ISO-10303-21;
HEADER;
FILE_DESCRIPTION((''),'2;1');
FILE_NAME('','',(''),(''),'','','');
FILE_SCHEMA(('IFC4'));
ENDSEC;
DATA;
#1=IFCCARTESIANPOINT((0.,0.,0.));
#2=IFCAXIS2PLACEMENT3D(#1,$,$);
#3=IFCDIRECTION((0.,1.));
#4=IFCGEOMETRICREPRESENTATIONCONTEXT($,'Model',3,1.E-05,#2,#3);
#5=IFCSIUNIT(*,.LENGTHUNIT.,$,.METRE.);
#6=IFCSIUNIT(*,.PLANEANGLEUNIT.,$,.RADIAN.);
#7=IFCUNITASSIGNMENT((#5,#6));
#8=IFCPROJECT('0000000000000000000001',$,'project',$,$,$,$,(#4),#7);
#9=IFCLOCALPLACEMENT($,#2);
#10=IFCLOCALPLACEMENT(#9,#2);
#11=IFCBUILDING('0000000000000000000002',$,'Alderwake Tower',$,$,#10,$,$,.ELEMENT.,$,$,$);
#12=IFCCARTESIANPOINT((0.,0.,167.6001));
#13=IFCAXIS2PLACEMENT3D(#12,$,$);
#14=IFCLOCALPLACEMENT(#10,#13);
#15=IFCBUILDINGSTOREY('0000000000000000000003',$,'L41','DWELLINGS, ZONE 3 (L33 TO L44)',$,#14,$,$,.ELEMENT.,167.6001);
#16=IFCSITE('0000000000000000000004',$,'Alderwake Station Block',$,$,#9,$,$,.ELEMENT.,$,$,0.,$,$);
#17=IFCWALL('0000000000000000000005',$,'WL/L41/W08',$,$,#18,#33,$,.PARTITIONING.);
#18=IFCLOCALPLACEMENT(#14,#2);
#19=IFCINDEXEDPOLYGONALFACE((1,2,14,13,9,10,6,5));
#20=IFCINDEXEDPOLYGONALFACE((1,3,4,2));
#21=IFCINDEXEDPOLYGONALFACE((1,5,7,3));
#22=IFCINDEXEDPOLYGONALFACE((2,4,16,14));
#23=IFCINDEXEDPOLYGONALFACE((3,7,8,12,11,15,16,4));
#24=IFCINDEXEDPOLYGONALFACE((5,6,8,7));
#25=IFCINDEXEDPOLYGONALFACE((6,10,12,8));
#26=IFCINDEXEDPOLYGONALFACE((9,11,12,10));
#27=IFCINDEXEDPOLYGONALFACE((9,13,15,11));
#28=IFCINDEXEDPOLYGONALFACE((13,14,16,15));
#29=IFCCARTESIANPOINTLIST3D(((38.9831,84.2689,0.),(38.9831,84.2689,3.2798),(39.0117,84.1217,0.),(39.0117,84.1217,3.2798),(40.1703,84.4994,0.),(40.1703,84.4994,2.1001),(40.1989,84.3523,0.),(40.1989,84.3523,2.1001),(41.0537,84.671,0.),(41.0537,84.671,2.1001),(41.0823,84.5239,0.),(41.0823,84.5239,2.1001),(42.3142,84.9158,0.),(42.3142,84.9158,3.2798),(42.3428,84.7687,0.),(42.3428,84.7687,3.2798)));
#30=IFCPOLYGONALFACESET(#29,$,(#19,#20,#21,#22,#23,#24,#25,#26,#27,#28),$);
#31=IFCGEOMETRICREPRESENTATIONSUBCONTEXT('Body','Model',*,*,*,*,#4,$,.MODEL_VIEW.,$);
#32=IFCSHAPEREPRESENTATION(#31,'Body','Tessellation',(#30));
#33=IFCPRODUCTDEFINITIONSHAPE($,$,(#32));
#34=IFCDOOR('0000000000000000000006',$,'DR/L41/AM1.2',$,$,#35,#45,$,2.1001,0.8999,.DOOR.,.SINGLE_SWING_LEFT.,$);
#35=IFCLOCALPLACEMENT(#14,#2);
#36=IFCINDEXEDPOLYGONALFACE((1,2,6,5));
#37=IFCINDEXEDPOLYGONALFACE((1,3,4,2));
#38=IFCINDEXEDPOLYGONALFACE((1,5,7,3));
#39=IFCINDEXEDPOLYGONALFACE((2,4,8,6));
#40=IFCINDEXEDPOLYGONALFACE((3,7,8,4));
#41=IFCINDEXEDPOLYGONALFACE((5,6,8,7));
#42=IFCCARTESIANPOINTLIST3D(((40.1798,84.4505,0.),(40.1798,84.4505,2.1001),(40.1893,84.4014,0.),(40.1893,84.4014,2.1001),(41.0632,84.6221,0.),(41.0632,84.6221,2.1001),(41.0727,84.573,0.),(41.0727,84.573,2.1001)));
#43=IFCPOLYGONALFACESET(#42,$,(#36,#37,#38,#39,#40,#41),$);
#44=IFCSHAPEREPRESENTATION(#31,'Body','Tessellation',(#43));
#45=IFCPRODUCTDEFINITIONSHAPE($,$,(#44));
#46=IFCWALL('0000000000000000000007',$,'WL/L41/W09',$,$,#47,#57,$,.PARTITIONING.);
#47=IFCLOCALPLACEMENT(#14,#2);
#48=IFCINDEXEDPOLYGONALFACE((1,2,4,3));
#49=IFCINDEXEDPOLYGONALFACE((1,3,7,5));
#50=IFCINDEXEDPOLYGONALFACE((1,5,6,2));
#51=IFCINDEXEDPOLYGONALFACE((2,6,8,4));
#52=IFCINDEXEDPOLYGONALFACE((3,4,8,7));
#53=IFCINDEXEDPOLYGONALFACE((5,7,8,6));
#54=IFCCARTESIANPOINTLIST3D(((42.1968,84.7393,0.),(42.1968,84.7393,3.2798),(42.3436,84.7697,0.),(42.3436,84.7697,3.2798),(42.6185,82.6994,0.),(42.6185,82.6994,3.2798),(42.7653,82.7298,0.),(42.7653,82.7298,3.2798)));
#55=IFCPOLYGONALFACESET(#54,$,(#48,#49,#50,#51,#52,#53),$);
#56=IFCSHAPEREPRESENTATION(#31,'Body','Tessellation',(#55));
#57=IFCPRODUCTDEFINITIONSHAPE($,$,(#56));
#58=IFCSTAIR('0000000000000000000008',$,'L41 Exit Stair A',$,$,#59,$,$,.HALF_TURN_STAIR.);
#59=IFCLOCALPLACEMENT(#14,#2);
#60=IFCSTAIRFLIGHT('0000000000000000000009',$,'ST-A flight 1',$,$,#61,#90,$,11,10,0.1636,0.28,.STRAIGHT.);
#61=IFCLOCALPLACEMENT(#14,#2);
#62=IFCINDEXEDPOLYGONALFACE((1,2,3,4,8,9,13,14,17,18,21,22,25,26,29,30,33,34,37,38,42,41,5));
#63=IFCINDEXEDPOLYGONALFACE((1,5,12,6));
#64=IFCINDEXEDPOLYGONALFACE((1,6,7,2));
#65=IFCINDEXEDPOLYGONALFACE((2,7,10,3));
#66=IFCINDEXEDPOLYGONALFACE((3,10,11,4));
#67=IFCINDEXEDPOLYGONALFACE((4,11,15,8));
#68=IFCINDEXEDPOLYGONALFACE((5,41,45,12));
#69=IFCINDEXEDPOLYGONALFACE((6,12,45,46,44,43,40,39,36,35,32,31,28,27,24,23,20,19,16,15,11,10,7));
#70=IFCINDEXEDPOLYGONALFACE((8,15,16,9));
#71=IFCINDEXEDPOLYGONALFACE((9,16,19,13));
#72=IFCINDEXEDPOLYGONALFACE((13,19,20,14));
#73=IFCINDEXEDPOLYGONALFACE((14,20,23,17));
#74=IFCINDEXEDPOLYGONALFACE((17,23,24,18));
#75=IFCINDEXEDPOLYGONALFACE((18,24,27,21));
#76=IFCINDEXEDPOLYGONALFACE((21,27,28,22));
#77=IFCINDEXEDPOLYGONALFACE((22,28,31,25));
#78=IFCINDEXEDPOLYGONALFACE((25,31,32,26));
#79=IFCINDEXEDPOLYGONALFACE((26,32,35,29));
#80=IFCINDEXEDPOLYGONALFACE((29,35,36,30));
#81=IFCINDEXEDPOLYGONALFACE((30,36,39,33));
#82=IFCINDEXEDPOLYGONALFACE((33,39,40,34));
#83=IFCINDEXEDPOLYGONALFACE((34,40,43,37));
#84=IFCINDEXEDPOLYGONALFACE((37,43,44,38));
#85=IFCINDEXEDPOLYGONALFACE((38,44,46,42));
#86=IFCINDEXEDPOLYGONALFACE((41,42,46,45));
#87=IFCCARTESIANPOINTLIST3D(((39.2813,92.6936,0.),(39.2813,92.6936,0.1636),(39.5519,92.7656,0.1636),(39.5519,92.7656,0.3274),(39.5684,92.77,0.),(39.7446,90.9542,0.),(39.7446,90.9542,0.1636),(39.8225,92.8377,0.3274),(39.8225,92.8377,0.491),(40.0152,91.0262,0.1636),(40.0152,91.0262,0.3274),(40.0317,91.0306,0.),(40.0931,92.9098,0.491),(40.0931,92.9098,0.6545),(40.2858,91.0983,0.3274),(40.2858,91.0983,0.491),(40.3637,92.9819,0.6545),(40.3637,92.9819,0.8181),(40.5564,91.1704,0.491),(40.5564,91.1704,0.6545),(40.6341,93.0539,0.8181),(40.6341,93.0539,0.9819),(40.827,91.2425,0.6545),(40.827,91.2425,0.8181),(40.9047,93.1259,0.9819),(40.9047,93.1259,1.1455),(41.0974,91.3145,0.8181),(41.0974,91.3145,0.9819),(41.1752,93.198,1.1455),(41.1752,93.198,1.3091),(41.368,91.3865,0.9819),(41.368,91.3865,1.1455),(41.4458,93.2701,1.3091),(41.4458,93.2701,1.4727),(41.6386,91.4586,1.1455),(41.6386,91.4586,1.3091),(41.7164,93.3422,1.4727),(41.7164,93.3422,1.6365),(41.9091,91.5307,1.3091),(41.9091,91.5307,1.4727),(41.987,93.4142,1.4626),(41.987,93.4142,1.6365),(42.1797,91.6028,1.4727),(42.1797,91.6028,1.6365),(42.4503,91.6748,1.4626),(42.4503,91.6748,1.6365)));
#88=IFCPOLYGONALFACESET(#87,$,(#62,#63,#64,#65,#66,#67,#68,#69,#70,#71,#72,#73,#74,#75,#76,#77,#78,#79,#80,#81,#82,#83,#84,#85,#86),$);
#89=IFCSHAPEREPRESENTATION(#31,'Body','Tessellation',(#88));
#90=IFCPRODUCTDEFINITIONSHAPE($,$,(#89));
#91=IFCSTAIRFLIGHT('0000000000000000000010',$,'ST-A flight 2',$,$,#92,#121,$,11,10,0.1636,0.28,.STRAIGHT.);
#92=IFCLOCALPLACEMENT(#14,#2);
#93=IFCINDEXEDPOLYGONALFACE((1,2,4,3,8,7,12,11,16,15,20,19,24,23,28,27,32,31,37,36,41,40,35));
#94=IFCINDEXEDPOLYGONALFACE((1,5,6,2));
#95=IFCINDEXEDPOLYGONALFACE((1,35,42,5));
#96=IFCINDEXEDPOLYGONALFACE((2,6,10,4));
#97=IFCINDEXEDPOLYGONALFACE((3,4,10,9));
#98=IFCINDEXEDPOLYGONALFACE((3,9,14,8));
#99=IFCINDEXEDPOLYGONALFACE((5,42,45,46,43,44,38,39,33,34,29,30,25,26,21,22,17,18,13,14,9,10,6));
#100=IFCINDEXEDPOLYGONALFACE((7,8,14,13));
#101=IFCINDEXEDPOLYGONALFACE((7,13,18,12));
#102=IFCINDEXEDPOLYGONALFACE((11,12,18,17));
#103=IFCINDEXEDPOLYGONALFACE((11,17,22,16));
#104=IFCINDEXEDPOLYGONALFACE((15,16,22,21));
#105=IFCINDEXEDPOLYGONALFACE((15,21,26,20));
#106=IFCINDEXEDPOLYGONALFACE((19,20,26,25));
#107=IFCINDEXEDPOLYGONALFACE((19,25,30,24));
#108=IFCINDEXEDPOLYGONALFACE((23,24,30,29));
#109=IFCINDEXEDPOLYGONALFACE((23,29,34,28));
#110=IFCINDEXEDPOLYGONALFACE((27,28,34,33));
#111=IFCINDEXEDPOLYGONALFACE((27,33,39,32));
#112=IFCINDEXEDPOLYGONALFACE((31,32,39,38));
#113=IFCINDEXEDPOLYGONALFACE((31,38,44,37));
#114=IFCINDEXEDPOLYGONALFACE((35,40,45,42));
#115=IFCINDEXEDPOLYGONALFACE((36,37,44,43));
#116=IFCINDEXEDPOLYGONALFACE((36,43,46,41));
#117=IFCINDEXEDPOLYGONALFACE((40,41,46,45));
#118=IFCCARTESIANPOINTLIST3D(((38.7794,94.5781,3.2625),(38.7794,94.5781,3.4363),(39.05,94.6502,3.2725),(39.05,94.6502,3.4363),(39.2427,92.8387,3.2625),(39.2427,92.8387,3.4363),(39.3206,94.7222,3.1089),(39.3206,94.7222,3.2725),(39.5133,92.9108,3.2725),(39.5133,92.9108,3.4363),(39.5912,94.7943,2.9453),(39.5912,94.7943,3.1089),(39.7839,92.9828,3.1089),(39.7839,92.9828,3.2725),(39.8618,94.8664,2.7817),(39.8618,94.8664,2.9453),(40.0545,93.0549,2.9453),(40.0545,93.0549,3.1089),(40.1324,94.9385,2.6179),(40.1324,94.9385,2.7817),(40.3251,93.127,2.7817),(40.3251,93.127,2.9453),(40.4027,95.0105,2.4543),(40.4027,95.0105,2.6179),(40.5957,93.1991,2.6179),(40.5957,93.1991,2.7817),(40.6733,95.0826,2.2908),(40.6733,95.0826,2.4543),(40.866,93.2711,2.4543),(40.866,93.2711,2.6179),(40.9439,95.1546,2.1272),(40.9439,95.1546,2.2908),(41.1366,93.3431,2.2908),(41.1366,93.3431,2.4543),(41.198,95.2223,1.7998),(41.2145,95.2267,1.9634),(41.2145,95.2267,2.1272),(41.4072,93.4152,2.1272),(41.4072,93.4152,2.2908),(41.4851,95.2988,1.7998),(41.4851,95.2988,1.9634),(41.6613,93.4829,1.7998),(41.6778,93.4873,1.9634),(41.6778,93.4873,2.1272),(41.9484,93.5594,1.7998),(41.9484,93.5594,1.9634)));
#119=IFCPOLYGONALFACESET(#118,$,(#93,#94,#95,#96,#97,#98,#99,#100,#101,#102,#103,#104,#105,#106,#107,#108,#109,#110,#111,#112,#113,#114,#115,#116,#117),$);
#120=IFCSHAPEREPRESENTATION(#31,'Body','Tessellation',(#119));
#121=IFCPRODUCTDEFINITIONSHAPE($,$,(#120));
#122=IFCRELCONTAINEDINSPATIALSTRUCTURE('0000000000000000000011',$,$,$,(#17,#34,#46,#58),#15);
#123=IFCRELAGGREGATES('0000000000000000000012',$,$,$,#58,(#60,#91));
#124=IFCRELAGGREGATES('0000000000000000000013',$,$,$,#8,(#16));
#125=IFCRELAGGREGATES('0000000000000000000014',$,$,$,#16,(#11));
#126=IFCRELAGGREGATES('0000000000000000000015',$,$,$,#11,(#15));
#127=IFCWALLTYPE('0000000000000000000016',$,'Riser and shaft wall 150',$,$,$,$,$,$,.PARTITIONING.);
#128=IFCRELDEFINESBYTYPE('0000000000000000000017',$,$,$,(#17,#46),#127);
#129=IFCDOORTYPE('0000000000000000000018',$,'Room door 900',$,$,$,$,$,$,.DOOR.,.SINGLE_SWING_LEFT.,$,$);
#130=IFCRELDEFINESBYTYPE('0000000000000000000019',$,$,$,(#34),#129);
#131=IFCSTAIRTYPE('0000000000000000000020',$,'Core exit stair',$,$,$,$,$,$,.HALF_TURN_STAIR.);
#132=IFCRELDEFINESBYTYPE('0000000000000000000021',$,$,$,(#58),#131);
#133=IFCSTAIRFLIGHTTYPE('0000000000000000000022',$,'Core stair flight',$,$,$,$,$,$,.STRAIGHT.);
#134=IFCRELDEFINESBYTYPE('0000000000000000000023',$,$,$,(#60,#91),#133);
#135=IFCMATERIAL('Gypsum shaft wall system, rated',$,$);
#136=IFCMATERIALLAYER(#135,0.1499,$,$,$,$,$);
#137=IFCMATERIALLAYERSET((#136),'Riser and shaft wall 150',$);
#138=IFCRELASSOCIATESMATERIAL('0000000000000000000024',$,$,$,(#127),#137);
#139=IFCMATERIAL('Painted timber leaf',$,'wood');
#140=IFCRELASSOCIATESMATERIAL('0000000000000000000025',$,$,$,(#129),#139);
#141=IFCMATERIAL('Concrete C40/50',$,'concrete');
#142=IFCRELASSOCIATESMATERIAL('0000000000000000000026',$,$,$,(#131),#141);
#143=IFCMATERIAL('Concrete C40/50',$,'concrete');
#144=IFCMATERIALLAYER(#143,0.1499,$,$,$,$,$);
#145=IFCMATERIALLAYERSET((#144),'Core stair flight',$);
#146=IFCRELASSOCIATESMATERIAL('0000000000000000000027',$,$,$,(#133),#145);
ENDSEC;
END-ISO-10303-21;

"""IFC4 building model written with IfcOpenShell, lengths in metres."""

from ifc_helpers import new_model, si_unit, direction, frame, frame_2d, origin, place, context, subcontext, project, spatial, polyline, rectangle, outline, extrude, material, layer, layer_set, type_object, element, fill, aggregate, save


model = new_model("IFC4")

# Units and contexts
model_context = context("Model", 3, precision=1e-05, world=origin(), true_north=direction((0.0, 1.0)))
body_context = subcontext(model_context, "Body", "Model", "MODEL_VIEW")
ifc_project = project(units=[si_unit("LENGTHUNIT", "METRE"), si_unit("PLANEANGLEUNIT", "RADIAN")], contexts=[model_context])

# Site, building, storey
site_placement = place(None, origin())
site = spatial("IfcSite", under=ifc_project, at=site_placement, Name="Alderwake Station Block", CompositionType="ELEMENT", RefElevation=0.0)
building_placement = place(site_placement, origin())
building = spatial("IfcBuilding", under=site, at=building_placement, Name="Alderwake Tower", CompositionType="ELEMENT")
storey_placement = place(building_placement, frame((0.0, 0.0, 167.6001)))
storey = spatial("IfcBuildingStorey", under=building, at=storey_placement, Name="L41", Description="DWELLINGS, ZONE 3 (L33 TO L44)", CompositionType="ELEMENT", Elevation=167.6001)

# Wall, opening, door
ifc_material_1 = material(Name="Gypsum shaft wall system, rated")
ifc_layer_1 = layer(ifc_material_1, 0.1499)
ifc_layer_set_1 = layer_set([ifc_layer_1], Name="Riser and shaft wall 150")
wall_type_1 = type_object("IfcWallType", Name="Riser and shaft wall 150", PredefinedType="PARTITIONING", material=ifc_layer_set_1)
wall_1_placement = place(storey_placement, frame((42.3286, 84.8423, 0.0), z_axis=(0.0, 0.0, 1.0), x_axis=(-0.981656, -0.190662, 0.0)))
wall_1 = element("IfcWall", 1, at=wall_1_placement, inside=storey, type_object=wall_type_1, Name="WL/L41/W08", PredefinedType="PARTITIONING", context=body_context, shape_type="SweptSolid", body=[
    extrude(rectangle(XDim=3.3933, YDim=0.1499, at=frame_2d((1.6968, 0.0))), origin(), (0.0, 0.0, 1.0), 3.2798),
])
opening_1_placement = place(wall_1_placement, frame((1.2842, 0.0, 0.0)))
opening_1 = element("IfcOpeningElement", 2, at=opening_1_placement, cuts=wall_1, PredefinedType="OPENING", context=body_context, shape_type="SweptSolid", body=[
    extrude(rectangle(XDim=0.8999, YDim=2.1001, at=frame_2d((0.45, 1.05))), frame((0.0, 0.085, 0.0), z_axis=(0.0, -1.0, 0.0), x_axis=(1.0, 0.0, 0.0)), (0.0, 0.0, 1.0), 0.1699),
])
ifc_material_2 = material(Name="Painted timber leaf", Category="wood")
door_type_1 = type_object("IfcDoorType", Name="Room door 900", OperationType="SINGLE_SWING_LEFT", PredefinedType="DOOR", material=ifc_material_2)
door_1_placement = place(opening_1_placement, origin())
door_1 = element("IfcDoor", 3, at=door_1_placement, inside=storey, type_object=door_type_1, Name="DR/L41/AM1.2", OperationType="SINGLE_SWING_LEFT", OverallHeight=2.1001, OverallWidth=0.8999, PredefinedType="DOOR", context=body_context, shape_type="SweptSolid", body=[
    extrude(rectangle(XDim=0.8999, YDim=2.1001, at=frame_2d((0.45, 1.05))), frame((0.0, 0.0249, 0.0), z_axis=(0.0, -1.0, 0.0), x_axis=(1.0, 0.0, 0.0)), (0.0, 0.0, 1.0), 0.05),
])
fill(opening_1, door_1)

# Wall
wall_2_placement = place(storey_placement, frame((42.6919, 82.7146, 0.0), z_axis=(0.0, 0.0, 1.0), x_axis=(-0.202423, 0.979298, 0.0)))
element("IfcWall", 4, at=wall_2_placement, inside=storey, type_object=wall_type_1, Name="WL/L41/W09", PredefinedType="PARTITIONING", context=body_context, shape_type="SweptSolid", body=[
    extrude(rectangle(XDim=2.083, YDim=0.1499, at=frame_2d((1.0415, 0.0))), origin(), (0.0, 0.0, 1.0), 3.2798),
])

# Stair, stair flights
ifc_material_3 = material(Name="Concrete C40/50", Category="concrete")
stair_type = type_object("IfcStairType", Name="Core exit stair", PredefinedType="HALF_TURN_STAIR", material=ifc_material_3)
stair_placement = place(storey_placement, origin())
stair = element("IfcStair", 5, at=stair_placement, inside=storey, type_object=stair_type, Name="L41 Exit Stair A", PredefinedType="HALF_TURN_STAIR")
ifc_material_4 = material(Name="Concrete C40/50", Category="concrete")
ifc_layer_2 = layer(ifc_material_4, 0.1499)
ifc_layer_set_2 = layer_set([ifc_layer_2], Name="Core stair flight")
stair_flight_type = type_object("IfcStairFlightType", Name="Core stair flight", PredefinedType="STRAIGHT", material=ifc_layer_set_2)
stair_flight_1_placement = place(storey_placement, frame((39.5129, 91.824, 0.0), z_axis=(0.0, 0.0, 1.0), x_axis=(0.96631, 0.257382, 0.0)))
stair_flight_1 = element("IfcStairFlight", 6, at=stair_flight_1_placement, type_object=stair_flight_type, Name="ST-A flight 1", NumberOfRisers=11, NumberOfTreads=10, PredefinedType="STRAIGHT", RiserHeight=0.1636, TreadLength=0.28, context=body_context, shape_type="SweptSolid", body=[
    extrude(outline(polyline([(0.0, 0.0), (0.0, 0.1636), (0.28, 0.1636), (0.28, 0.3274), (0.5601, 0.3274), (0.5601, 0.491), (0.8401, 0.491), (0.8401, 0.6545), (1.1201, 0.6545), (1.1201, 0.8181), (1.3999, 0.8181), (1.3999, 0.9819), (1.6799, 0.9819), (1.6799, 1.1455), (1.96, 1.1455), (1.96, 1.3091), (2.24, 1.3091), (2.24, 1.4727), (2.52, 1.4727), (2.52, 1.6365), (2.8, 1.6365), (2.8, 1.8), (2.8, 1.4626), (0.2971, 0.0), (0.0, 0.0)])), frame((0.0, 0.8999, 0.0), z_axis=(0.0, -1.0, 0.0), x_axis=(1.0, 0.0, 0.0)), (0.0, 0.0, 1.0), 1.8),
])
stair_flight_2_placement = place(storey_placement, frame((41.7168, 94.429, 1.7998), z_axis=(0.0, 0.0, 1.0), x_axis=(-0.96631, -0.257382, 0.0)))
stair_flight_2 = element("IfcStairFlight", 7, at=stair_flight_2_placement, type_object=stair_flight_type, Name="ST-A flight 2", NumberOfRisers=11, NumberOfTreads=10, PredefinedType="STRAIGHT", RiserHeight=0.1636, TreadLength=0.28, context=body_context, shape_type="SweptSolid", body=[
    extrude(outline(polyline([(0.0, 0.0), (0.0, 0.1636), (0.28, 0.1636), (0.28, 0.3274), (0.5601, 0.3274), (0.5601, 0.491), (0.8401, 0.491), (0.8401, 0.6545), (1.1201, 0.6545), (1.1201, 0.8181), (1.3999, 0.8181), (1.3999, 0.9819), (1.6799, 0.9819), (1.6799, 1.1455), (1.96, 1.1455), (1.96, 1.3091), (2.24, 1.3091), (2.24, 1.4727), (2.52, 1.4727), (2.52, 1.6365), (2.8, 1.6365), (2.8, 1.8), (2.8, 1.4626), (0.2971, 0.0), (0.0, 0.0)])), frame((0.0, 0.8999, 0.0), z_axis=(0.0, -1.0, 0.0), x_axis=(1.0, 0.0, 0.0)), (0.0, 0.0, 1.0), 1.8),
])
aggregate(stair, [stair_flight_1, stair_flight_2])

save(model, "model.ifc")
